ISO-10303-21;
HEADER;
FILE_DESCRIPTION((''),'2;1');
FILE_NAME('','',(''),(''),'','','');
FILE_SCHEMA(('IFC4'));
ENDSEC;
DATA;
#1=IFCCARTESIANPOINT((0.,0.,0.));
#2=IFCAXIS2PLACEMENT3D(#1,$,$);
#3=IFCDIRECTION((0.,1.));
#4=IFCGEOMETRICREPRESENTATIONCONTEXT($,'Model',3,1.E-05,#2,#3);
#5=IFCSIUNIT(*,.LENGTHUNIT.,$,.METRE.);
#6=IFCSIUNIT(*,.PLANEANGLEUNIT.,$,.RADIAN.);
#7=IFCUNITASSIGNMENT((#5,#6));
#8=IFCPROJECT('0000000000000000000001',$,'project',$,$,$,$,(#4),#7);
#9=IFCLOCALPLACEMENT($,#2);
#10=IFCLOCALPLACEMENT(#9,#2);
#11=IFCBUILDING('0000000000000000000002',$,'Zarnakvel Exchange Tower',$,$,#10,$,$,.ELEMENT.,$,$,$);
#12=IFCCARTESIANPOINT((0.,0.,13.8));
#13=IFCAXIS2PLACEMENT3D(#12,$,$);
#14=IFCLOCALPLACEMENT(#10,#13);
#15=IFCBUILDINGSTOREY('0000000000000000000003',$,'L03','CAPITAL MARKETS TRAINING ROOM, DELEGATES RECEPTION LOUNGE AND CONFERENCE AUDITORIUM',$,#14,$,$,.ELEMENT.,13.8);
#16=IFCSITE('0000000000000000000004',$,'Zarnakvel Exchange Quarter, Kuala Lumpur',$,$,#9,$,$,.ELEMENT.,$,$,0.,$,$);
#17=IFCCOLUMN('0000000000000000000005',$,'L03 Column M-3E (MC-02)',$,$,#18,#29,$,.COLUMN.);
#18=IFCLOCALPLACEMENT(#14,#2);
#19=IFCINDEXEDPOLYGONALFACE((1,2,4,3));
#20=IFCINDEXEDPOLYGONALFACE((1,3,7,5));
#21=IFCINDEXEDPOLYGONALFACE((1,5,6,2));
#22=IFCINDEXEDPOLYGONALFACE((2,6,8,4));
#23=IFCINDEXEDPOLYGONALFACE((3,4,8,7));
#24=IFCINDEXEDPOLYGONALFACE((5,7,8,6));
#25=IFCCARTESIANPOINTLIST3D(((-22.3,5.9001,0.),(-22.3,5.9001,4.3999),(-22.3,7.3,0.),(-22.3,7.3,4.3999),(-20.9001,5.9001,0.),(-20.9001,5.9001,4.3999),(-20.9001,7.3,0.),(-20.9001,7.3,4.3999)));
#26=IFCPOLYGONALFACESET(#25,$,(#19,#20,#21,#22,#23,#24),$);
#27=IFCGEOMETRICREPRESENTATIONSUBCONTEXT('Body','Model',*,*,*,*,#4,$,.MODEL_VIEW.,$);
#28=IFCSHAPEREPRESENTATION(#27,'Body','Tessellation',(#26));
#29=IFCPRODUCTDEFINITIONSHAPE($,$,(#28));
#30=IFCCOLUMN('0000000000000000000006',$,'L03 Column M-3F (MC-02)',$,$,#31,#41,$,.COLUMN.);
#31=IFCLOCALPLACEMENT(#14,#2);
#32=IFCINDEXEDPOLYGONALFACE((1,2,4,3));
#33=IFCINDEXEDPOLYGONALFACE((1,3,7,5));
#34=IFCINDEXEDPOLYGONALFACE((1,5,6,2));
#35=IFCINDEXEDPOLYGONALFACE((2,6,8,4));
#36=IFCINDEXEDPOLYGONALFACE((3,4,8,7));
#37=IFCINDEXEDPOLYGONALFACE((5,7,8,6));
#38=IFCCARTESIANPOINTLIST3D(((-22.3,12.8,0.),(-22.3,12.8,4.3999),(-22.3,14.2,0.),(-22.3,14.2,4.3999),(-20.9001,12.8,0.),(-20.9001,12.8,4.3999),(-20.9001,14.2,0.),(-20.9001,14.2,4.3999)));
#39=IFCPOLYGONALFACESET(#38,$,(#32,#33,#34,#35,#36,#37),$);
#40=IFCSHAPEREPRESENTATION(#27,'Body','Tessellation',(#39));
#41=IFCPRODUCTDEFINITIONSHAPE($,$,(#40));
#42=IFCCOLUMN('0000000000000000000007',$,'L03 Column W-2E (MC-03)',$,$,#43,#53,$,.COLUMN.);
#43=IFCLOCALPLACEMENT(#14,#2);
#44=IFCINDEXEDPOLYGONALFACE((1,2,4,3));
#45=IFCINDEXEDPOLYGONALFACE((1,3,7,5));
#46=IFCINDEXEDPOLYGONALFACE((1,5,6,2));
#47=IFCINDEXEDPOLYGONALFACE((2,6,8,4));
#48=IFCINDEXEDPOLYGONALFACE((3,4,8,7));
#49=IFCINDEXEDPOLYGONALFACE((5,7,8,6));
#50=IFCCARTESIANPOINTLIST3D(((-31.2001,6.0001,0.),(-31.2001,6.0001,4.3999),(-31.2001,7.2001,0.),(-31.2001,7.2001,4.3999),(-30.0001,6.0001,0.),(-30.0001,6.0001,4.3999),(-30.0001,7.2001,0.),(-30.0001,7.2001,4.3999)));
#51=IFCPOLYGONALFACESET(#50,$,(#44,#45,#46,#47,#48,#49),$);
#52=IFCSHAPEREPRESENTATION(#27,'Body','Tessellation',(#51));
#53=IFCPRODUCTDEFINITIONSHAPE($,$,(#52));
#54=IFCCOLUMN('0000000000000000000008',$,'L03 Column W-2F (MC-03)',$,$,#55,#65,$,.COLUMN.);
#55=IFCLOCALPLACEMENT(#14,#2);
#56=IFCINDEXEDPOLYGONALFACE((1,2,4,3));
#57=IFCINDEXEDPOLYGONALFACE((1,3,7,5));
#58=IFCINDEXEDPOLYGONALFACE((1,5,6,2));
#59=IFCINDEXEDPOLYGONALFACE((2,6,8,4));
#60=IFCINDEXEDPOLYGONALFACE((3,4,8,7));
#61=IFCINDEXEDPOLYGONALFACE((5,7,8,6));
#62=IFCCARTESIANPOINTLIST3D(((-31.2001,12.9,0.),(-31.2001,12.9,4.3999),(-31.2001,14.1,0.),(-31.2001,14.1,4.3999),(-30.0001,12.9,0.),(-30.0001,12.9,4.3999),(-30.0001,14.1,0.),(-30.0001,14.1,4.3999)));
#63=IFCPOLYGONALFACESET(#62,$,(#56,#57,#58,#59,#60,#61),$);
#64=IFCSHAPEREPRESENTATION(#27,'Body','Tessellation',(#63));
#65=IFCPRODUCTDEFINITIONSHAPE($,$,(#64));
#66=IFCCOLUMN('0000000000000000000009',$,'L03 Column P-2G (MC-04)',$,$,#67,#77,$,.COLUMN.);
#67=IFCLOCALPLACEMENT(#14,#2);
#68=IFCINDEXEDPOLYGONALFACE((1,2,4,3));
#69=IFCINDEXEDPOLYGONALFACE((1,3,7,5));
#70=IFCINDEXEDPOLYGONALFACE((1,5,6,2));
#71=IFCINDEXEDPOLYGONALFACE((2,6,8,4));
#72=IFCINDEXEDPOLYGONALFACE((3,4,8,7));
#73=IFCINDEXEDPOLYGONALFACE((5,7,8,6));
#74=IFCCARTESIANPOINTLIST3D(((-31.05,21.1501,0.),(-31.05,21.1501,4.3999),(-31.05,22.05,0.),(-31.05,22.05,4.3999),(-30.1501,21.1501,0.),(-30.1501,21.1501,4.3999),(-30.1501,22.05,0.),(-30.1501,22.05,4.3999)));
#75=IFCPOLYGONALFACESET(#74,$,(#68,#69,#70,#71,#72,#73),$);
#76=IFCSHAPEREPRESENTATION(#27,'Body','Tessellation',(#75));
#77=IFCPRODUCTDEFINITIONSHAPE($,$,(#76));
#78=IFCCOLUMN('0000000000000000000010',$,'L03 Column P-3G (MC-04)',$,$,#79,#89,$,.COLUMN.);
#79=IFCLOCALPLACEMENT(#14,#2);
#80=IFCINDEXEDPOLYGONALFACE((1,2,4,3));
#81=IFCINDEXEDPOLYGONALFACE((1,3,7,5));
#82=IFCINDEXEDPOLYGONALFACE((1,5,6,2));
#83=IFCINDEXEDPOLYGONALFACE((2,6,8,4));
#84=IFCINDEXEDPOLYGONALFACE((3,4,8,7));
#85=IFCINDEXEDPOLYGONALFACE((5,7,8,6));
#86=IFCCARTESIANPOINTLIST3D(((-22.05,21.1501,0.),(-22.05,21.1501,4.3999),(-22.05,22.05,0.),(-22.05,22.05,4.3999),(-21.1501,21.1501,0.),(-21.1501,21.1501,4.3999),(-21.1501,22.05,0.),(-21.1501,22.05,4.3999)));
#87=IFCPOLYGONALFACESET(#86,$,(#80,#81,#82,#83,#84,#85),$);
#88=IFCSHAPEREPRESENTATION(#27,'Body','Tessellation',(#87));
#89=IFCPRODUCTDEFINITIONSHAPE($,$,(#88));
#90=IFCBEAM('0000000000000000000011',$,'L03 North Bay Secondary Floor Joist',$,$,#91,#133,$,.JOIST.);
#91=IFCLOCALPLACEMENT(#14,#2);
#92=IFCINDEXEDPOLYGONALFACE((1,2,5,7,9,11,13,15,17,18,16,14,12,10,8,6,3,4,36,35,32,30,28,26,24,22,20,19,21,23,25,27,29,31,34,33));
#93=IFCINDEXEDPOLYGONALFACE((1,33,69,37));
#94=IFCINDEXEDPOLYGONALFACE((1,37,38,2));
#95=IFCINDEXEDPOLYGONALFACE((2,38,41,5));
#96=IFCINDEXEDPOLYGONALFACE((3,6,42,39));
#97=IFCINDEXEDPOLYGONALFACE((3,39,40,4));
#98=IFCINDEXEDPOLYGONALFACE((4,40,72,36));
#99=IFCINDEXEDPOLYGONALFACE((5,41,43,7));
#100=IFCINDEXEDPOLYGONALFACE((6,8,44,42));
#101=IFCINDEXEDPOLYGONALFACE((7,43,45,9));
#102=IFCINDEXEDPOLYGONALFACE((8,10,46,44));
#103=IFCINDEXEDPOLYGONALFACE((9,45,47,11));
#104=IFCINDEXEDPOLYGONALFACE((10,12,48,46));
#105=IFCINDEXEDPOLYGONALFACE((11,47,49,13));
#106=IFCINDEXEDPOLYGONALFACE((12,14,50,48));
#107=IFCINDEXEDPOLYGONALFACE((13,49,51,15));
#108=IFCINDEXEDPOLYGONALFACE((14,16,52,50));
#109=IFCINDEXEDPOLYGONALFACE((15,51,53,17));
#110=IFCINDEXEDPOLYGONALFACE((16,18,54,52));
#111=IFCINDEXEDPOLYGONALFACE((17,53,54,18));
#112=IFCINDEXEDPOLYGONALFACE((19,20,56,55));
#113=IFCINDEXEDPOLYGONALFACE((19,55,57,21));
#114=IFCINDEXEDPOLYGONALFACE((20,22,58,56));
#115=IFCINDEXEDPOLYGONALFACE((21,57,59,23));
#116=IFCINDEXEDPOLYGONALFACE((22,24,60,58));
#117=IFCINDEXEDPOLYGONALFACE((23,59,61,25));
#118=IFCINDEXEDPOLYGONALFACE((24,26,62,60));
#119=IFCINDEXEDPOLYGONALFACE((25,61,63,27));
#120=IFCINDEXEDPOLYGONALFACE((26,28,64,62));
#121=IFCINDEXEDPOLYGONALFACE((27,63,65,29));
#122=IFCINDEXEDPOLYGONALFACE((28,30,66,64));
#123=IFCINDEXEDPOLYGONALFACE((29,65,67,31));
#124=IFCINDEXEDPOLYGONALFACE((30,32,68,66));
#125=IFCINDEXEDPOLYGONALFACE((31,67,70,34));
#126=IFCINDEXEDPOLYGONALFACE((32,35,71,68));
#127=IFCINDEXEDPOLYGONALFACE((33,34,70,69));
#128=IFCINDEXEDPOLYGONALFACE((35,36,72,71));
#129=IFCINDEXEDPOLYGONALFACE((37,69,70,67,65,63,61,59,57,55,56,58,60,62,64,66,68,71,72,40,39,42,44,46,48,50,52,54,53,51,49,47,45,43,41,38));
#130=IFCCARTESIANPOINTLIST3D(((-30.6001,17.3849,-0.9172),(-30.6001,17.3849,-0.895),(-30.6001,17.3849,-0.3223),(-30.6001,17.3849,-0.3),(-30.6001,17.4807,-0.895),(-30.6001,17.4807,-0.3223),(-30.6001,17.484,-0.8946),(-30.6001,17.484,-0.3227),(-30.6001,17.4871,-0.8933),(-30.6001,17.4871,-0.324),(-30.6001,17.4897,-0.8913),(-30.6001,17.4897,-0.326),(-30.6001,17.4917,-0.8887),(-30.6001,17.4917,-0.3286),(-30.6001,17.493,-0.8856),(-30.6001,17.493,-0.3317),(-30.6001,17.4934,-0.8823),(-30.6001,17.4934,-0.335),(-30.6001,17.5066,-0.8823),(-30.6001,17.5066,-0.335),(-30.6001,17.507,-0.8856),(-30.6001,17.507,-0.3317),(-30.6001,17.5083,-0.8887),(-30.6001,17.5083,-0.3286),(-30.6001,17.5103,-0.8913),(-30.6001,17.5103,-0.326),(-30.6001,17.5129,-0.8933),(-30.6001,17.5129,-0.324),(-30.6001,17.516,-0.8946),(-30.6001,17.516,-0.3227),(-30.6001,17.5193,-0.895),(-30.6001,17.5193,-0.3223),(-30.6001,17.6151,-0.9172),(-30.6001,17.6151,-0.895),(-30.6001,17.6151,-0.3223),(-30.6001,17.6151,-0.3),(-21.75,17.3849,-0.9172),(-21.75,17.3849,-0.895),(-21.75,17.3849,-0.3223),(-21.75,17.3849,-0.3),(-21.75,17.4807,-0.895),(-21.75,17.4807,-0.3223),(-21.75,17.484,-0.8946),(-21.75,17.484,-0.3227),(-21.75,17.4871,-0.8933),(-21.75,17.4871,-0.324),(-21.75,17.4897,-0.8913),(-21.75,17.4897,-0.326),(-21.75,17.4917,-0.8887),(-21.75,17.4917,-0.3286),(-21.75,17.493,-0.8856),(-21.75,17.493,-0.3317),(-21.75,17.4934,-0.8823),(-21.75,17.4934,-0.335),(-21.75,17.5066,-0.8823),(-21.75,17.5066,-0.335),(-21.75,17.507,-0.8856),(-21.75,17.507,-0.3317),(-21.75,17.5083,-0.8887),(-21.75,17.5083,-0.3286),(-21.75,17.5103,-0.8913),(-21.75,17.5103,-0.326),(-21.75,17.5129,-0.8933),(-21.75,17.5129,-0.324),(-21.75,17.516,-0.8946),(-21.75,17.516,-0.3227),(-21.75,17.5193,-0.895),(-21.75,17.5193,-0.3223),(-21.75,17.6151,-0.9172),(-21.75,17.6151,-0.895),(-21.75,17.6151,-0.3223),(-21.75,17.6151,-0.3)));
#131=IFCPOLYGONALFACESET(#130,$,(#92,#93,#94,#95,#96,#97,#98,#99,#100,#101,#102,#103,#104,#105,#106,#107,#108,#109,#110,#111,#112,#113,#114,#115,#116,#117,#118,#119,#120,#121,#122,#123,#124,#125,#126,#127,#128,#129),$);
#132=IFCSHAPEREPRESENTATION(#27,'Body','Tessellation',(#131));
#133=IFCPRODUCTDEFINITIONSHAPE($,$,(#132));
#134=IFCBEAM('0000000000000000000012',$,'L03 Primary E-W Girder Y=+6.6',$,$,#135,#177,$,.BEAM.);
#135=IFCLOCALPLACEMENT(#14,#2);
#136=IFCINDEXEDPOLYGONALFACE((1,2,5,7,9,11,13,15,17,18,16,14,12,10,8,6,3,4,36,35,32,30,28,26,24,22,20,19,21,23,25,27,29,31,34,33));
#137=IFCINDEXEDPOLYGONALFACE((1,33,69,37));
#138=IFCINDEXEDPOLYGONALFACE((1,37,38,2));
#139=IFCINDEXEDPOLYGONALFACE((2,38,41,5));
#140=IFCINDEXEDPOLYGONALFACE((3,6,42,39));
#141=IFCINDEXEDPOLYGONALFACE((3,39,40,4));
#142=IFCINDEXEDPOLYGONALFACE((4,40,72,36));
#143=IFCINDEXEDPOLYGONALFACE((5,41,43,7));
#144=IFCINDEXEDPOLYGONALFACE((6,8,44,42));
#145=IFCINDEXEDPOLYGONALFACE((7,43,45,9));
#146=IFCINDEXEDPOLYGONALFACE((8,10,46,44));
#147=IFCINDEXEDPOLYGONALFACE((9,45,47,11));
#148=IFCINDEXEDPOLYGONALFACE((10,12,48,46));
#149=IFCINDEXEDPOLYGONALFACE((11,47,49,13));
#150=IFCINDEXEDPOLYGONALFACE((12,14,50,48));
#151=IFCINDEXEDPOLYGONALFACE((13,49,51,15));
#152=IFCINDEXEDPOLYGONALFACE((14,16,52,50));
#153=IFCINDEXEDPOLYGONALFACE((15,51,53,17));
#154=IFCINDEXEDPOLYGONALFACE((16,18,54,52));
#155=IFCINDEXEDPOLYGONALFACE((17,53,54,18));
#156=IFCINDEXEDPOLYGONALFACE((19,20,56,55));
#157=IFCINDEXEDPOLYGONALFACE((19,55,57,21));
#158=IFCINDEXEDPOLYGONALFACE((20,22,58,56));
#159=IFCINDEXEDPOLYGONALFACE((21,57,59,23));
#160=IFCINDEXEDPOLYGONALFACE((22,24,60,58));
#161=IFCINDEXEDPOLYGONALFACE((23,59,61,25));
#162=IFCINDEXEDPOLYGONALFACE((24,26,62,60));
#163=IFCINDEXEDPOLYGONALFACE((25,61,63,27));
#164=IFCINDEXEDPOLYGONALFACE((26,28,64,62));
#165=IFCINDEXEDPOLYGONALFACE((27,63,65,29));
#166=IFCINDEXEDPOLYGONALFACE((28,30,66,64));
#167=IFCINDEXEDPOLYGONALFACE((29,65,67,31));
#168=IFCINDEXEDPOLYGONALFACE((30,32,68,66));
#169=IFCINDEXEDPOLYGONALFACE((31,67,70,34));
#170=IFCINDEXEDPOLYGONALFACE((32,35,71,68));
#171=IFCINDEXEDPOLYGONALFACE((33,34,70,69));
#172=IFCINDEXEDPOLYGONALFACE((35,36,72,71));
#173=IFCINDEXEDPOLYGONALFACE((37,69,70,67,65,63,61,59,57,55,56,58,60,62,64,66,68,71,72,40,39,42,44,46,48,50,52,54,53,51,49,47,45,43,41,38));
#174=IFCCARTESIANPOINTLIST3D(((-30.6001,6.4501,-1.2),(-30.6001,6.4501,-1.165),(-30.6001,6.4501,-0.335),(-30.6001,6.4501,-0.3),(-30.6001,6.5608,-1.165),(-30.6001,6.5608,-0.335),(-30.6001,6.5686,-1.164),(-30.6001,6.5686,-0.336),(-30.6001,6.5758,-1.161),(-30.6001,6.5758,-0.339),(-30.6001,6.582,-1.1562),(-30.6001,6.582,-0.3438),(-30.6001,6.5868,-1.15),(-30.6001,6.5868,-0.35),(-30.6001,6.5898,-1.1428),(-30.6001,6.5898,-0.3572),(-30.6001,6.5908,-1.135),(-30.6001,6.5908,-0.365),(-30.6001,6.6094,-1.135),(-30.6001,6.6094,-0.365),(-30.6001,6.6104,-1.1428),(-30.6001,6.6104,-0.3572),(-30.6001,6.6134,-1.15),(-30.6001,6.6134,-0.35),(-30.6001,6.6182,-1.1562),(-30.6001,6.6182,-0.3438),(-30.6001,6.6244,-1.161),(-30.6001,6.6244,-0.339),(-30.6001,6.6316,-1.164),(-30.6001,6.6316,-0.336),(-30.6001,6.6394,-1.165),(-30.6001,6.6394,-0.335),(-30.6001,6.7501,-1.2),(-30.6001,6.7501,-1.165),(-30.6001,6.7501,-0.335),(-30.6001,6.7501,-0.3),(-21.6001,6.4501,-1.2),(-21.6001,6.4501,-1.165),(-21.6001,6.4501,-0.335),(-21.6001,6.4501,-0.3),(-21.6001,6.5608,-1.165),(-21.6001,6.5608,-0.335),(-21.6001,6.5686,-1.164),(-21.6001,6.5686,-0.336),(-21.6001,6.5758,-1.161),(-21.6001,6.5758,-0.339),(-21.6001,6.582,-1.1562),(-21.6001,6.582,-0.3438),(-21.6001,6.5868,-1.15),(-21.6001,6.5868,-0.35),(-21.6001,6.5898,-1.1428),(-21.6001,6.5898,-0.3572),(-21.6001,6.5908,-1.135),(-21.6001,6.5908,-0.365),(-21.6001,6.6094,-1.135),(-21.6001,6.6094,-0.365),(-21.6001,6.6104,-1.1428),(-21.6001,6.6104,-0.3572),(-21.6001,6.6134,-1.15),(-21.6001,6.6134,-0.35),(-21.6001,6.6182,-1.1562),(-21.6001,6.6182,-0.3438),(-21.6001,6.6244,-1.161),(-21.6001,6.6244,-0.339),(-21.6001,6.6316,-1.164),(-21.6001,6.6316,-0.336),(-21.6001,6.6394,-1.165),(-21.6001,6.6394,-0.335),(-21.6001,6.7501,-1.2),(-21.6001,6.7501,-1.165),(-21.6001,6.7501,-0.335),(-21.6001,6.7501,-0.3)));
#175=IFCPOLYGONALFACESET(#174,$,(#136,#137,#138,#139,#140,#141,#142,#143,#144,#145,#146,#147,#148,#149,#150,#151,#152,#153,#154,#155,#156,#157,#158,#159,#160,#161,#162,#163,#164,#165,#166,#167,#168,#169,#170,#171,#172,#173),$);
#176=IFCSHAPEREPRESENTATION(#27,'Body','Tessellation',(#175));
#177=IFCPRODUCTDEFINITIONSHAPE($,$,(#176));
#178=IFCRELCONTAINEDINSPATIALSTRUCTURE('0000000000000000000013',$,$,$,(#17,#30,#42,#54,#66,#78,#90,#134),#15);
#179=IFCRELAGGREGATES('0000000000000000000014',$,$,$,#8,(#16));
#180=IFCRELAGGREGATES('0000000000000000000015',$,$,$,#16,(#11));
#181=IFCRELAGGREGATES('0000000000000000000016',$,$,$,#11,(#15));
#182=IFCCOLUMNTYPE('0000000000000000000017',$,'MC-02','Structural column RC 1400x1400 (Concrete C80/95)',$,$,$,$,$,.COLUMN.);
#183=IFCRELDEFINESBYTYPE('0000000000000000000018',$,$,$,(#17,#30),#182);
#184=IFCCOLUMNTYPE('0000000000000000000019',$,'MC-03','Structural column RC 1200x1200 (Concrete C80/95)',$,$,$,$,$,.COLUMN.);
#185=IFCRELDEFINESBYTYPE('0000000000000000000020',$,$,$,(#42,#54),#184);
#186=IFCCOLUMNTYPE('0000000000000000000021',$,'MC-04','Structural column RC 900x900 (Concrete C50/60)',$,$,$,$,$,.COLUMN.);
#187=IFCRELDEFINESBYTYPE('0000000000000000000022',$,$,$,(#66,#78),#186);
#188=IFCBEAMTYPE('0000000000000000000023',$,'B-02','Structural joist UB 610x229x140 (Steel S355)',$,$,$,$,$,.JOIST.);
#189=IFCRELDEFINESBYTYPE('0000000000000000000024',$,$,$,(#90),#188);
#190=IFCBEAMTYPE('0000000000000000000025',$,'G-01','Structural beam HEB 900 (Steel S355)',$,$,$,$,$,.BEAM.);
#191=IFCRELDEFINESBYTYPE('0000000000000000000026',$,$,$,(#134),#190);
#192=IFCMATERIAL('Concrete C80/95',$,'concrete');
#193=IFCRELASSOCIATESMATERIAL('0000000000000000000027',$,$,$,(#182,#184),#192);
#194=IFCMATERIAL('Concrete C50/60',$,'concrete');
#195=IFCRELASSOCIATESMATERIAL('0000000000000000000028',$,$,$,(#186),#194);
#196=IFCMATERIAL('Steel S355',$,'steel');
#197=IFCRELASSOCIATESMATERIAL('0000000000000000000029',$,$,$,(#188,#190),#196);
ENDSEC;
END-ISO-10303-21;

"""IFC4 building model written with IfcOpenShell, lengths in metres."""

from ifc_helpers import new_model, si_unit, direction, frame, origin, origin_2d, place, context, subcontext, project, spatial, rectangle, i_section, extrude, material, material_profile, profile_set, type_object, element, save


model = new_model("IFC4")

# Units and contexts
model_context = context("Model", 3, precision=1e-05, world=origin(), true_north=direction((0.0, 1.0)))
body_context = subcontext(model_context, "Body", "Model", "MODEL_VIEW")
ifc_project = project(units=[si_unit("LENGTHUNIT", "METRE"), si_unit("PLANEANGLEUNIT", "RADIAN")], contexts=[model_context])

# Site, building, storey
site_placement = place(None, origin())
site = spatial("IfcSite", under=ifc_project, at=site_placement, Name="Zarnakvel Exchange Quarter, Kuala Lumpur", CompositionType="ELEMENT", RefElevation=0.0)
building_placement = place(site_placement, origin())
building = spatial("IfcBuilding", under=site, at=building_placement, Name="Zarnakvel Exchange Tower", CompositionType="ELEMENT")
storey_placement = place(building_placement, frame((0.0, 0.0, 13.8)))
storey = spatial("IfcBuildingStorey", under=building, at=storey_placement, Name="L03", Description="CAPITAL MARKETS TRAINING ROOM, DELEGATES RECEPTION LOUNGE AND CONFERENCE AUDITORIUM", CompositionType="ELEMENT", Elevation=13.8)

# Columns
ifc_material_1 = material(Name="Concrete C80/95", Category="concrete")
ifc_material_profile_1 = material_profile(ifc_material_1, rectangle(XDim=1.3999, YDim=1.3999, at=origin_2d()))
ifc_profile_set_1 = profile_set([ifc_material_profile_1], Name="Concrete C80/95")
column_type_1 = type_object("IfcColumnType", Name="MC-02", Description="Structural column RC 1400x1400 (Concrete C80/95)", PredefinedType="COLUMN", material=ifc_profile_set_1)
for number, where, z_axis, x_axis, name in (
    (1, (-21.6001, 6.6001, 0.0), (0.0, 0.0, 1.0), (1.0, 0.0, 0.0), "L03 Column M-3E (MC-02)"),
    (2, (-21.6001, 13.5, 0.0), (0.0, 0.0, 1.0), (1.0, 0.0, 0.0), "L03 Column M-3F (MC-02)"),
):
    element("IfcColumn", number, at=place(storey_placement, frame(where, z_axis=z_axis, x_axis=x_axis)), inside=storey, type_object=column_type_1, Name=name, PredefinedType="COLUMN", context=body_context, shape_type="SweptSolid", body=[
        extrude(rectangle(XDim=1.3999, YDim=1.3999, at=origin_2d()), origin(), (0.0, 0.0, 1.0), 4.3999),
    ])
ifc_material_profile_2 = material_profile(ifc_material_1, rectangle(XDim=1.2, YDim=1.2, at=origin_2d()))
ifc_profile_set_2 = profile_set([ifc_material_profile_2], Name="Concrete C80/95")
column_type_2 = type_object("IfcColumnType", Name="MC-03", Description="Structural column RC 1200x1200 (Concrete C80/95)", PredefinedType="COLUMN", material=ifc_profile_set_2)
for number, where, z_axis, x_axis, name in (
    (3, (-30.6001, 6.6001, 0.0), (0.0, 0.0, 1.0), (1.0, 0.0, 0.0), "L03 Column W-2E (MC-03)"),
    (4, (-30.6001, 13.5, 0.0), (0.0, 0.0, 1.0), (1.0, 0.0, 0.0), "L03 Column W-2F (MC-03)"),
):
    element("IfcColumn", number, at=place(storey_placement, frame(where, z_axis=z_axis, x_axis=x_axis)), inside=storey, type_object=column_type_2, Name=name, PredefinedType="COLUMN", context=body_context, shape_type="SweptSolid", body=[
        extrude(rectangle(XDim=1.2, YDim=1.2, at=origin_2d()), origin(), (0.0, 0.0, 1.0), 4.3999),
    ])
ifc_material_2 = material(Name="Concrete C50/60", Category="concrete")
ifc_material_profile_3 = material_profile(ifc_material_2, rectangle(XDim=0.8999, YDim=0.8999, at=origin_2d()))
ifc_profile_set_3 = profile_set([ifc_material_profile_3], Name="Concrete C50/60")
column_type_3 = type_object("IfcColumnType", Name="MC-04", Description="Structural column RC 900x900 (Concrete C50/60)", PredefinedType="COLUMN", material=ifc_profile_set_3)
for number, where, z_axis, x_axis, name in (
    (5, (-30.6001, 21.6001, 0.0), (0.0, 0.0, 1.0), (1.0, 0.0, 0.0), "L03 Column P-2G (MC-04)"),
    (6, (-21.6001, 21.6001, 0.0), (0.0, 0.0, 1.0), (1.0, 0.0, 0.0), "L03 Column P-3G (MC-04)"),
):
    element("IfcColumn", number, at=place(storey_placement, frame(where, z_axis=z_axis, x_axis=x_axis)), inside=storey, type_object=column_type_3, Name=name, PredefinedType="COLUMN", context=body_context, shape_type="SweptSolid", body=[
        extrude(rectangle(XDim=0.8999, YDim=0.8999, at=origin_2d()), origin(), (0.0, 0.0, 1.0), 4.3999),
    ])

# Beams
ifc_material_3 = material(Name="Steel S355", Category="steel")
ifc_material_profile_4 = material_profile(ifc_material_3, i_section(OverallWidth=0.2302, OverallDepth=0.6172, WebThickness=0.0132, FlangeThickness=0.0222, FilletRadius=0.0127, at=origin_2d()))
ifc_profile_set_4 = profile_set([ifc_material_profile_4], Name="Steel S355")
beam_type_1 = type_object("IfcBeamType", Name="B-02", Description="Structural joist UB 610x229x140 (Steel S355)", PredefinedType="JOIST", material=ifc_profile_set_4)
beam_1_placement = place(storey_placement, frame((-30.6001, 17.5, -0.6086), z_axis=(1.0, 0.0, 0.0), x_axis=(0.0, 1.0, 0.0)))
element("IfcBeam", 7, at=beam_1_placement, inside=storey, type_object=beam_type_1, Name="L03 North Bay Secondary Floor Joist", PredefinedType="JOIST", context=body_context, shape_type="SweptSolid", body=[
    extrude(i_section(OverallWidth=0.2302, OverallDepth=0.6172, WebThickness=0.0132, FlangeThickness=0.0222, FilletRadius=0.0127, at=origin_2d()), origin(), (0.0, 0.0, 1.0), 8.8501),
])
ifc_material_profile_5 = material_profile(ifc_material_3, i_section(OverallWidth=0.3, OverallDepth=0.8999, WebThickness=0.0186, FlangeThickness=0.0349, FilletRadius=0.03, at=origin_2d()))
ifc_profile_set_5 = profile_set([ifc_material_profile_5], Name="Steel S355")
beam_type_2 = type_object("IfcBeamType", Name="G-01", Description="Structural beam HEB 900 (Steel S355)", PredefinedType="BEAM", material=ifc_profile_set_5)
beam_2_placement = place(storey_placement, frame((-30.6001, 6.6001, -0.75), z_axis=(1.0, 0.0, 0.0), x_axis=(0.0, 1.0, 0.0)))
element("IfcBeam", 8, at=beam_2_placement, inside=storey, type_object=beam_type_2, Name="L03 Primary E-W Girder Y=+6.6", PredefinedType="BEAM", context=body_context, shape_type="SweptSolid", body=[
    extrude(i_section(OverallWidth=0.3, OverallDepth=0.8999, WebThickness=0.0186, FlangeThickness=0.0349, FilletRadius=0.03, at=origin_2d()), origin(), (0.0, 0.0, 1.0), 9.0),
])

save(model, "model.ifc")
